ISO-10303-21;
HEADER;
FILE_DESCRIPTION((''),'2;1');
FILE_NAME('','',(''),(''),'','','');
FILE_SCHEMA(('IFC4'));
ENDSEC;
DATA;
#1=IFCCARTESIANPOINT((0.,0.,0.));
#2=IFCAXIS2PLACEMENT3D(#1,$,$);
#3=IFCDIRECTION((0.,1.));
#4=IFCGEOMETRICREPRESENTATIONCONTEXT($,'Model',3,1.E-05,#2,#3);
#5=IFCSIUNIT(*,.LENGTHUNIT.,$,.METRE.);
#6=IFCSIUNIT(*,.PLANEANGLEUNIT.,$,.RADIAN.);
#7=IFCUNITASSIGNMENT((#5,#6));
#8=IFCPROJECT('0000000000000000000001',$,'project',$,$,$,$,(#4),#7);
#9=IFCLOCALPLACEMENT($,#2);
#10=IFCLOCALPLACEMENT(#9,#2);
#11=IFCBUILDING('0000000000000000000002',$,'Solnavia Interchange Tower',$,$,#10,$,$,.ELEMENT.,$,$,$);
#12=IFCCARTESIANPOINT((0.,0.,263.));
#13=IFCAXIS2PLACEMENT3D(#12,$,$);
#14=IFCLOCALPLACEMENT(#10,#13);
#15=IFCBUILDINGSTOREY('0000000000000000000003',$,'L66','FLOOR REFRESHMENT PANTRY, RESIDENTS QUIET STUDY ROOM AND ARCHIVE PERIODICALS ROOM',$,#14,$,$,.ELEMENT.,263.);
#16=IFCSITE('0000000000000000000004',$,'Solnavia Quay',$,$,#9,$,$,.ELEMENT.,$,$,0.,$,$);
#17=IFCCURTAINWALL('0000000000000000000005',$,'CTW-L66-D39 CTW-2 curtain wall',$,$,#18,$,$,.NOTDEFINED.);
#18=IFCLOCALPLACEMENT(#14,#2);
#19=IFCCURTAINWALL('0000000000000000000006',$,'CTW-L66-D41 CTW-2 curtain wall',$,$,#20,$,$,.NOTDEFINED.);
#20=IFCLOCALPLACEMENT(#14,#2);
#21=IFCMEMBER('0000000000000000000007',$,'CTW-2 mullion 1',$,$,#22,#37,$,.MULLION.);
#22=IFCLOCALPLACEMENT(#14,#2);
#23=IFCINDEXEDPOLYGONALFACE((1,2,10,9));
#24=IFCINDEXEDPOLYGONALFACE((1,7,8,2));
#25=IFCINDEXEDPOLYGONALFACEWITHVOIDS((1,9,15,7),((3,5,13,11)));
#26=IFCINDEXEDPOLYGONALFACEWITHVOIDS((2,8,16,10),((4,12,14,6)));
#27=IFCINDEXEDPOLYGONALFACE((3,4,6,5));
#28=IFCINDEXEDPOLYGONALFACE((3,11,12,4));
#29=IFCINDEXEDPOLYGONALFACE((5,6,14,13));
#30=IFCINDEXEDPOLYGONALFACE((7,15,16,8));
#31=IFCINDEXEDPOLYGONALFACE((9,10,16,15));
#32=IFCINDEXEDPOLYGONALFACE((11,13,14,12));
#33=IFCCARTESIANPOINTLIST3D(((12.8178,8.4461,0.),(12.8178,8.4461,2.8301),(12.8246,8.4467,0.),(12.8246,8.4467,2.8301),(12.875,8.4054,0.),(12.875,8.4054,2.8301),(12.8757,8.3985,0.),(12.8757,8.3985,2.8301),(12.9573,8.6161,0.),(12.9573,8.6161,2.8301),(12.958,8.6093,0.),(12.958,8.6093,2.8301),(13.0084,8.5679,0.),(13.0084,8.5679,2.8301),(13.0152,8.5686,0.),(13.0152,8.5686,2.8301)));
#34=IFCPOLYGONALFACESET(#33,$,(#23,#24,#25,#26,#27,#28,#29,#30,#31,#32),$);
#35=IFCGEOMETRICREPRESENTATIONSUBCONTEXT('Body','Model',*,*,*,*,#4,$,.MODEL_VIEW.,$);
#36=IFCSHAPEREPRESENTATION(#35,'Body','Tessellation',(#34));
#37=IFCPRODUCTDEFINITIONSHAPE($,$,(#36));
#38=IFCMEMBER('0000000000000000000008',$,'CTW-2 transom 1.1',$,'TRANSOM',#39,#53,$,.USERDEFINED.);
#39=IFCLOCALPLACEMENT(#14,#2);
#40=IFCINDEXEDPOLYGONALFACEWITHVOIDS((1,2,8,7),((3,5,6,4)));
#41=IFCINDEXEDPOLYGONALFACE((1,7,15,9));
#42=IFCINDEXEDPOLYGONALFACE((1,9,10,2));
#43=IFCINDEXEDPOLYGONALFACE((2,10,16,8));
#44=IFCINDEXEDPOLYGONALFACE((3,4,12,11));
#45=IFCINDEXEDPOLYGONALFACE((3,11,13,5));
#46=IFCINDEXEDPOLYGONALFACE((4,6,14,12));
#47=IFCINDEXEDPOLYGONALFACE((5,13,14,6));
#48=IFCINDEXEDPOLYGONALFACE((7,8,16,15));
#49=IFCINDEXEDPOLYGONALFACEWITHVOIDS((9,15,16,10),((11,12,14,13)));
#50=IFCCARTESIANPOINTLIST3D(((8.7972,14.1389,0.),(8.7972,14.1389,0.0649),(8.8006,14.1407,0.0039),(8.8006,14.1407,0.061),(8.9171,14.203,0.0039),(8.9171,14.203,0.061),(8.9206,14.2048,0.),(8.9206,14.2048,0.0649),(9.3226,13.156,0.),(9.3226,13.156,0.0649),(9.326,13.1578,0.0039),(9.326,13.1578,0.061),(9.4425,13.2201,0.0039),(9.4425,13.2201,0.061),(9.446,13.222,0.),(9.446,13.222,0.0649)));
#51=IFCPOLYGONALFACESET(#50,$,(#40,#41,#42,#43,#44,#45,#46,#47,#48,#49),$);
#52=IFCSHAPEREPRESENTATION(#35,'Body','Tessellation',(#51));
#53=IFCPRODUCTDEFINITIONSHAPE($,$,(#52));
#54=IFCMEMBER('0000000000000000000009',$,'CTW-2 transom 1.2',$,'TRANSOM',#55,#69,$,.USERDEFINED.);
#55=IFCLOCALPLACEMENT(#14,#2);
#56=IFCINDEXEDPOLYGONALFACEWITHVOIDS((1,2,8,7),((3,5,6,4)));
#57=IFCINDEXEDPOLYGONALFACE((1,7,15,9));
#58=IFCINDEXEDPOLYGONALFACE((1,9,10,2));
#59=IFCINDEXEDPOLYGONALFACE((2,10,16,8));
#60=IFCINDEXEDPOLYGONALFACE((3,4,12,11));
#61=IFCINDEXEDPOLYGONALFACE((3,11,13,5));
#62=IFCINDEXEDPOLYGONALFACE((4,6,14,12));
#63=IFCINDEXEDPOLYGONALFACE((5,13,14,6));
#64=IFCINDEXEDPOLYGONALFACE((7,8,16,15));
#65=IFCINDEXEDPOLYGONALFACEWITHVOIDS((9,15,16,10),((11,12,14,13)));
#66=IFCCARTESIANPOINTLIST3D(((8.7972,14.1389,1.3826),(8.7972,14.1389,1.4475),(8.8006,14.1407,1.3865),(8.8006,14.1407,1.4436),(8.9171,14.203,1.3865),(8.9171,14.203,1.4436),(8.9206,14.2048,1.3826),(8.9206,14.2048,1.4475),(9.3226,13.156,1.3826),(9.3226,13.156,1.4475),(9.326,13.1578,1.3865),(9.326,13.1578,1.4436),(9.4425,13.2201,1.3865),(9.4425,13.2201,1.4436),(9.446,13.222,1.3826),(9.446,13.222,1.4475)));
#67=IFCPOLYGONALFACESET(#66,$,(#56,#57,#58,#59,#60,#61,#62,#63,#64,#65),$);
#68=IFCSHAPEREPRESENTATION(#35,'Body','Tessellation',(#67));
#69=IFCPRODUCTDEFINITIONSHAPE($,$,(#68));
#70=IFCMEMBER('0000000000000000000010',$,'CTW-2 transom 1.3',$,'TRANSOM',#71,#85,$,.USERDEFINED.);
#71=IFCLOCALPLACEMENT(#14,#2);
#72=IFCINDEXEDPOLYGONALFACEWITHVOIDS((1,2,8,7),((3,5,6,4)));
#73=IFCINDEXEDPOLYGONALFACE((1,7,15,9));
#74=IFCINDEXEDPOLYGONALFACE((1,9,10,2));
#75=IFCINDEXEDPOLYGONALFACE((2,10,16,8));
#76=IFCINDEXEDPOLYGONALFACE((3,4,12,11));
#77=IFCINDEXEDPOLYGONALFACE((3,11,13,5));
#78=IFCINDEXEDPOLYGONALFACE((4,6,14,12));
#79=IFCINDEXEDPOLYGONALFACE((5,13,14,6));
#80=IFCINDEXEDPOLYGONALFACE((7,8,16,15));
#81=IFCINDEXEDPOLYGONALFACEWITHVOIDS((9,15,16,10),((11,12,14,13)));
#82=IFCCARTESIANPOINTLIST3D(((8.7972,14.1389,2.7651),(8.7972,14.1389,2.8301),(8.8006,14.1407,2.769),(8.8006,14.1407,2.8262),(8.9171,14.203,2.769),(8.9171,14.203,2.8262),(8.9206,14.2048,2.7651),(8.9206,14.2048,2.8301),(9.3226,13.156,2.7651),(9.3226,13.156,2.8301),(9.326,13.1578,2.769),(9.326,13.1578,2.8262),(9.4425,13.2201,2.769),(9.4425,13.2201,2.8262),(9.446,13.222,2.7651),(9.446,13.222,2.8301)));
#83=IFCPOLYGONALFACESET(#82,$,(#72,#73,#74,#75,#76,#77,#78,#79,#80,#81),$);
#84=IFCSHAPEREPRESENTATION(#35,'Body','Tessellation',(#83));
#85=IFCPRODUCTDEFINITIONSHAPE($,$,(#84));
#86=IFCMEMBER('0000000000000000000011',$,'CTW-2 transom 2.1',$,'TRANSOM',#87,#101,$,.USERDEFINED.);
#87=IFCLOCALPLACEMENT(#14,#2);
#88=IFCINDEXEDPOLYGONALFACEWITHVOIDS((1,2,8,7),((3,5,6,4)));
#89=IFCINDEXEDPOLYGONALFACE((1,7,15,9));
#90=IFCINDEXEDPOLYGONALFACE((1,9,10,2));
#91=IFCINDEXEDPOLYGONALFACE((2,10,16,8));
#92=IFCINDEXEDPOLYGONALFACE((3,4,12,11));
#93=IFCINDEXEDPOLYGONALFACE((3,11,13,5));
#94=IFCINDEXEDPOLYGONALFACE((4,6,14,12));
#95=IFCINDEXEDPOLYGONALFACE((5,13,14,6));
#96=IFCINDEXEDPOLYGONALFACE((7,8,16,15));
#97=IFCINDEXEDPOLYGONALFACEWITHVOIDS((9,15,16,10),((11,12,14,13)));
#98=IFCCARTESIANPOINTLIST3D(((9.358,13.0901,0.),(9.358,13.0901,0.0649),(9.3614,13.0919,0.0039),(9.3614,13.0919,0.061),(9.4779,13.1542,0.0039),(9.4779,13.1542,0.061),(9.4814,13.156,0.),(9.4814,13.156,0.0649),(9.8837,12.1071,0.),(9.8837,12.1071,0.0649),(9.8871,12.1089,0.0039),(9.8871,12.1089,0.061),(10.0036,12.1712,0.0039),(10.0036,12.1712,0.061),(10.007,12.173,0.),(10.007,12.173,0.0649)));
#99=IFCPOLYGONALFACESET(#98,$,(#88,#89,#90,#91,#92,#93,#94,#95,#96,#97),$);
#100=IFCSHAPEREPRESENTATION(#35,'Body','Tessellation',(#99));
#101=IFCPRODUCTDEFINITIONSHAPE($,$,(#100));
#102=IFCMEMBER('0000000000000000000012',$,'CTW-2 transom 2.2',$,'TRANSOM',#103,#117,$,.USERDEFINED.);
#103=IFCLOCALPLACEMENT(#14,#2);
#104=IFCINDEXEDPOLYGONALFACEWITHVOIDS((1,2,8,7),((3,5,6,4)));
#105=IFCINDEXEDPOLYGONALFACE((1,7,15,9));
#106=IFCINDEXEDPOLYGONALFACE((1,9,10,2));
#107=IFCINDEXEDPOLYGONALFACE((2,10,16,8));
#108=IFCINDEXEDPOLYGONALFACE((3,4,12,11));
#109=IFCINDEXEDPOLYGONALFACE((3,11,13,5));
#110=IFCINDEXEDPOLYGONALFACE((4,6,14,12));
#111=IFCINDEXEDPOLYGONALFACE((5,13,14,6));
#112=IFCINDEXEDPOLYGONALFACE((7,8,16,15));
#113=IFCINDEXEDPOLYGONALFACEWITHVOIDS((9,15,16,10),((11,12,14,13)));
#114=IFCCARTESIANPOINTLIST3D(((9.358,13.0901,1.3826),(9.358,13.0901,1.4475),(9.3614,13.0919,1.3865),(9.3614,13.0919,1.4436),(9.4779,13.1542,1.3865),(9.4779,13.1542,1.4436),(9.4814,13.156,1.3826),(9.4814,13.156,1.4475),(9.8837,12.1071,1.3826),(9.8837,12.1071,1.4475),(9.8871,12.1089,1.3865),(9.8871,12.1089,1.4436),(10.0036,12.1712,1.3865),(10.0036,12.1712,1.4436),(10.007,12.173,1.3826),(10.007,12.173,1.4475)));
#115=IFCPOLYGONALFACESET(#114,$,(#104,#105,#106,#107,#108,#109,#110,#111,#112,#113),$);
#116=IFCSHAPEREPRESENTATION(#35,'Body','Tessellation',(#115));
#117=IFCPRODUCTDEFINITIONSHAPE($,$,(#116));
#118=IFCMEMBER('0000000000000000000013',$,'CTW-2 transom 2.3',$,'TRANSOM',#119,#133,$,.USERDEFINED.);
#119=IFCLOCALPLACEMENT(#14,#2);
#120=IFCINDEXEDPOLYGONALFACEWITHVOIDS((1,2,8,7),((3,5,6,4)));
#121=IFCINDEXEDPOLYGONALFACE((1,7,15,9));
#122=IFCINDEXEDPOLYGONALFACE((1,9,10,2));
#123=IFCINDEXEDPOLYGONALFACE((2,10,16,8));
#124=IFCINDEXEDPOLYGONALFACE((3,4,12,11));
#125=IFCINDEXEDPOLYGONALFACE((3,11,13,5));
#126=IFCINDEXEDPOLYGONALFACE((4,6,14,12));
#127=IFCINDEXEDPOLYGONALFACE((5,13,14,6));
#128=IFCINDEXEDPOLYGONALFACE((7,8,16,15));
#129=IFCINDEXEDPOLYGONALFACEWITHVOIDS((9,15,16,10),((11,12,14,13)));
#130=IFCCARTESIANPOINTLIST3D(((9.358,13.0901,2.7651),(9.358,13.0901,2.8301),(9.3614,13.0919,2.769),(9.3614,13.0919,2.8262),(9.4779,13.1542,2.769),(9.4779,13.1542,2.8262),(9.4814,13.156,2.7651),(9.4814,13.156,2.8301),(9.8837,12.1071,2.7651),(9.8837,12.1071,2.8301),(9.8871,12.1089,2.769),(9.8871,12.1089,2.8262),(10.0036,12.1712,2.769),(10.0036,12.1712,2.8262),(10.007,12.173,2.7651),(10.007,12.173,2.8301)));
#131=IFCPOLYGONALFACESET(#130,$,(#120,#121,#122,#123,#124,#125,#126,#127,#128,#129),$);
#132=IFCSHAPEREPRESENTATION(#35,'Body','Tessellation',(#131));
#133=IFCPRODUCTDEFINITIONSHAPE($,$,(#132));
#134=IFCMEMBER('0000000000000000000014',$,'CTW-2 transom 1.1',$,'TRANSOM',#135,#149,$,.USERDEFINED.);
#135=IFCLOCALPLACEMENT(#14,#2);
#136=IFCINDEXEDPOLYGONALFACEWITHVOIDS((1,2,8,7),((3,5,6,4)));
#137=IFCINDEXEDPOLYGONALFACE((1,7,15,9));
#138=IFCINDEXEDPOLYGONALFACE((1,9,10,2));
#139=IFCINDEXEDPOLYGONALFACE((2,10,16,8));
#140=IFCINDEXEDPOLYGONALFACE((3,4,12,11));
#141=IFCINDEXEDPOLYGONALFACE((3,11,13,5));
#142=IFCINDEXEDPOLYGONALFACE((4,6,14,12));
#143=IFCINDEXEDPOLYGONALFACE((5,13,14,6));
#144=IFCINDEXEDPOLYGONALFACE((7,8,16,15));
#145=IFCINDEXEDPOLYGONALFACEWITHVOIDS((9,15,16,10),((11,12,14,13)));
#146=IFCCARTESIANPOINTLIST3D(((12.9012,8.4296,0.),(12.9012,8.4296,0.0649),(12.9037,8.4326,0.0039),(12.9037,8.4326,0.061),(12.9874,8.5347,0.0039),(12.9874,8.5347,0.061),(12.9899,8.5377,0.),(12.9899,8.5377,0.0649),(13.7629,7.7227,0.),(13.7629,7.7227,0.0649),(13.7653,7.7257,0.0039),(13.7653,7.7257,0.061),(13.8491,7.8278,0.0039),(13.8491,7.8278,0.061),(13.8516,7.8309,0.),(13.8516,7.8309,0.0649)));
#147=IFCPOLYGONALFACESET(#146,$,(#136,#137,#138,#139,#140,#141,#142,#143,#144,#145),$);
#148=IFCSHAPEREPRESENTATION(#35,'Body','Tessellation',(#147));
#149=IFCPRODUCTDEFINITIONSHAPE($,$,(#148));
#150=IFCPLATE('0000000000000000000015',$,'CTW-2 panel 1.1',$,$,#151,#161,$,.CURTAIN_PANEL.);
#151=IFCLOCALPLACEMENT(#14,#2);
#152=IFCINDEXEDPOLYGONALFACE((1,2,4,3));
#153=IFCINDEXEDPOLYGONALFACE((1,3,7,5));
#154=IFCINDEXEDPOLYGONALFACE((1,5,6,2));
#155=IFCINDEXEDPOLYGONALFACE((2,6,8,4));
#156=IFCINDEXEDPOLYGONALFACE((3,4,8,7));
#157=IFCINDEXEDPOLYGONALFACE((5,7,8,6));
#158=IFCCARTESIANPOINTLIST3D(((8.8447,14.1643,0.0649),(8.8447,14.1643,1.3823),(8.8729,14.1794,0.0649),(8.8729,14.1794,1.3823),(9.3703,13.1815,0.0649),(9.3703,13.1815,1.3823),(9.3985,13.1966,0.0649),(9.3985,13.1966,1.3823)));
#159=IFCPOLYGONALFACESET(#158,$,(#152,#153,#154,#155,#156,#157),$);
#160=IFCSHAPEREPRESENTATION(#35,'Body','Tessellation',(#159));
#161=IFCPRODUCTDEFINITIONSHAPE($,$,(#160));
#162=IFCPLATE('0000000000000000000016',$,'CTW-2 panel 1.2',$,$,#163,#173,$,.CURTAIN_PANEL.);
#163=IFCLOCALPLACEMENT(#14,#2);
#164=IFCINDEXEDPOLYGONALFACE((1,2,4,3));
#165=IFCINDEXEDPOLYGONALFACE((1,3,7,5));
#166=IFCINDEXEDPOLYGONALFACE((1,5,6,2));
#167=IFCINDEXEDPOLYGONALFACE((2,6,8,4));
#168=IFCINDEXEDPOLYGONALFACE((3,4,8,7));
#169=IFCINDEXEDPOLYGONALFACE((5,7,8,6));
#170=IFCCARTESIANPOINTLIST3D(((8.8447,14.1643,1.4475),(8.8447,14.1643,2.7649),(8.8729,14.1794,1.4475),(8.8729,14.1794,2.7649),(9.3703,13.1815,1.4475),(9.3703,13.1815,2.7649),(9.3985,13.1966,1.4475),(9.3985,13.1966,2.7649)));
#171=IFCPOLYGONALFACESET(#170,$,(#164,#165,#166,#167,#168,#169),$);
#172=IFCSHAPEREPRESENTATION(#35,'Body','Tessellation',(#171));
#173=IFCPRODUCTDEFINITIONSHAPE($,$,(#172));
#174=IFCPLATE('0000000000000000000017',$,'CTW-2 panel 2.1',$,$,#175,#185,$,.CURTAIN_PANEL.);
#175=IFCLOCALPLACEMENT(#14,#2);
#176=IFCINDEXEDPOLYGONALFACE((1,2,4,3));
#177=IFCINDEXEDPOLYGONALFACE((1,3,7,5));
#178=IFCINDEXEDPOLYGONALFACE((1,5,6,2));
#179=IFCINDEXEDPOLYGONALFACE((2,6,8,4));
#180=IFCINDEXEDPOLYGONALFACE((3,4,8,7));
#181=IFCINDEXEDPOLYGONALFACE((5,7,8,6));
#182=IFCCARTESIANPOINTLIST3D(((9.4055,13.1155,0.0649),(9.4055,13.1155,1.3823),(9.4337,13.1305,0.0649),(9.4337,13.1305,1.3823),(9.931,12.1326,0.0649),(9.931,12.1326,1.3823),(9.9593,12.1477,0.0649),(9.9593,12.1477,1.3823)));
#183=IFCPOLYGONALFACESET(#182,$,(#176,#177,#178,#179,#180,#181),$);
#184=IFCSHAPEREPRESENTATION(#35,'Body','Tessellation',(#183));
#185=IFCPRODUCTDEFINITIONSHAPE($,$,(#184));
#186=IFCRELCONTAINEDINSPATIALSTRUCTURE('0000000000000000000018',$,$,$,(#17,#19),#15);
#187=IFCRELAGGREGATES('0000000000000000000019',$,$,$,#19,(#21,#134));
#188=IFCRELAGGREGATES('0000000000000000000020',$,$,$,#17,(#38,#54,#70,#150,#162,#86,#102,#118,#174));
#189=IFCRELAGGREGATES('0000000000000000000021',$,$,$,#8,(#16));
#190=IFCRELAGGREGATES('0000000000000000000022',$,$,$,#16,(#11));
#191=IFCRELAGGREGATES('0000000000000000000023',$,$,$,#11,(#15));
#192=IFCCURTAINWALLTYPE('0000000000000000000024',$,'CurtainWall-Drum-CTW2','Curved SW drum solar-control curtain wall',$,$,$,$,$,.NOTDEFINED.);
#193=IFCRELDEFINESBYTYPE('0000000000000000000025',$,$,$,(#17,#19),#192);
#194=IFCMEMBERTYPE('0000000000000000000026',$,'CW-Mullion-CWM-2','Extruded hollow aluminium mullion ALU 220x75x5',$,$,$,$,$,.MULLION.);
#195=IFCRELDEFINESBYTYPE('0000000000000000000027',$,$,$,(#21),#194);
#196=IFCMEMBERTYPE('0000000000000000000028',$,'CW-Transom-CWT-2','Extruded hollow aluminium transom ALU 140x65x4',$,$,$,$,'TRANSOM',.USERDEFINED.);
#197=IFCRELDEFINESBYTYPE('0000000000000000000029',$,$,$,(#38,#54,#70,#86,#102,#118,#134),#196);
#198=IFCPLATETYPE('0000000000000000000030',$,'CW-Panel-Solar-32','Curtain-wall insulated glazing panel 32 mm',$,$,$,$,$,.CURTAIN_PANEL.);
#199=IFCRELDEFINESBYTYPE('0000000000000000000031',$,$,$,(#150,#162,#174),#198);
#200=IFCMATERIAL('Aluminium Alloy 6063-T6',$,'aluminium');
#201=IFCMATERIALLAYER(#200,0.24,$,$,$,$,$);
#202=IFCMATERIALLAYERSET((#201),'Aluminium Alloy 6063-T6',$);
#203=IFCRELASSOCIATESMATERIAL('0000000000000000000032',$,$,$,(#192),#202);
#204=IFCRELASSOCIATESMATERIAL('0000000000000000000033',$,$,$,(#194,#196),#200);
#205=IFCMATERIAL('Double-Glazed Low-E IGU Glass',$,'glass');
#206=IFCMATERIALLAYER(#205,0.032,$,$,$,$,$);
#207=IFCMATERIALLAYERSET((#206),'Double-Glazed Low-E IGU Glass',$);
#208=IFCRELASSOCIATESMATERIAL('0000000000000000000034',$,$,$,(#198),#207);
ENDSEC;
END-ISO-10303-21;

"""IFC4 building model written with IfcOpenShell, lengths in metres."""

from ifc_helpers import new_model, si_unit, direction, frame, origin, origin_2d, place, context, subcontext, project, spatial, rectangle, hollow_rectangle, extrude, material, layer, layer_set, material_profile, profile_set, type_object, element, aggregate, save


model = new_model("IFC4")

# Units and contexts
model_context = context("Model", 3, precision=1e-05, world=origin(), true_north=direction((0.0, 1.0)))
body_context = subcontext(model_context, "Body", "Model", "MODEL_VIEW")
ifc_project = project(units=[si_unit("LENGTHUNIT", "METRE"), si_unit("PLANEANGLEUNIT", "RADIAN")], contexts=[model_context])

# Site, building, storey
site_placement = place(None, origin())
site = spatial("IfcSite", under=ifc_project, at=site_placement, Name="Solnavia Quay", CompositionType="ELEMENT", RefElevation=0.0)
building_placement = place(site_placement, origin())
building = spatial("IfcBuilding", under=site, at=building_placement, Name="Solnavia Interchange Tower", CompositionType="ELEMENT")
storey_placement = place(building_placement, frame((0.0, 0.0, 263.0)))
storey = spatial("IfcBuildingStorey", under=building, at=storey_placement, Name="L66", Description="FLOOR REFRESHMENT PANTRY, RESIDENTS QUIET STUDY ROOM AND ARCHIVE PERIODICALS ROOM", CompositionType="ELEMENT", Elevation=263.0)

# Curtain wall
ifc_material_1 = material(Name="Aluminium Alloy 6063-T6", Category="aluminium")
ifc_layer_1 = layer(ifc_material_1, 0.24)
ifc_layer_set_1 = layer_set([ifc_layer_1], Name="Aluminium Alloy 6063-T6")
curtain_wall_type = type_object("IfcCurtainWallType", Name="CurtainWall-Drum-CTW2", Description="Curved SW drum solar-control curtain wall", PredefinedType="NOTDEFINED", material=ifc_layer_set_1)
curtain_wall_1_placement = place(storey_placement, origin())
curtain_wall_1 = element("IfcCurtainWall", 1, at=curtain_wall_1_placement, inside=storey, type_object=curtain_wall_type, Name="CTW-L66-D39 CTW-2 curtain wall", PredefinedType="NOTDEFINED")
ifc_material_profile_1 = material_profile(ifc_material_1, hollow_rectangle(XDim=0.075, YDim=0.22, WallThickness=0.0049, at=origin_2d()), Name="ALU 220x75x5")
ifc_profile_set_1 = profile_set([ifc_material_profile_1], Name="Aluminium Alloy 6063-T6")
member_type_1 = type_object("IfcMemberType", Name="CW-Mullion-CWM-2", Description="Extruded hollow aluminium mullion ALU 220x75x5", PredefinedType="MULLION", material=ifc_profile_set_1)

# Curtain wall, member
curtain_wall_2_placement = place(storey_placement, origin())
curtain_wall_2 = element("IfcCurtainWall", 2, at=curtain_wall_2_placement, inside=storey, type_object=curtain_wall_type, Name="CTW-L66-D41 CTW-2 curtain wall", PredefinedType="NOTDEFINED")
member_1_placement = place(storey_placement, frame((12.9165, 8.5073, 0.0), z_axis=(0.0, 0.0, 1.0), x_axis=(0.773103, -0.63428, 0.0)))
member_1 = element("IfcMember", 3, at=member_1_placement, type_object=member_type_1, Name="CTW-2 mullion 1", PredefinedType="MULLION", context=body_context, shape_type="SweptSolid", body=[
    extrude(hollow_rectangle(XDim=0.075, YDim=0.22, WallThickness=0.0049, at=origin_2d()), origin(), (0.0, 0.0, 1.0), 2.8301),
])

# Members
ifc_material_profile_2 = material_profile(ifc_material_1, hollow_rectangle(XDim=0.0649, YDim=0.1399, WallThickness=0.0039, at=origin_2d()), Name="ALU 140x65x4")
ifc_profile_set_2 = profile_set([ifc_material_profile_2], Name="Aluminium Alloy 6063-T6")
member_type_2 = type_object("IfcMemberType", Name="CW-Transom-CWT-2", Description="Extruded hollow aluminium transom ALU 140x65x4", ElementType="TRANSOM", PredefinedType="USERDEFINED", material=ifc_profile_set_2)
member_2_placement = place(storey_placement, frame((8.8589, 14.1719, 0.0325), z_axis=(0.471407, -0.881916, 0.0), x_axis=(0.0, 0.0, 1.0)))
member_2 = element("IfcMember", 4, at=member_2_placement, type_object=member_type_2, Name="CTW-2 transom 1.1", ObjectType="TRANSOM", PredefinedType="USERDEFINED", context=body_context, shape_type="SweptSolid", body=[
    extrude(hollow_rectangle(XDim=0.0649, YDim=0.1399, WallThickness=0.0039, at=origin_2d()), origin(), (0.0, 0.0, 1.0), 1.1145),
])
member_3_placement = place(storey_placement, frame((8.8589, 14.1719, 1.415), z_axis=(0.471407, -0.881916, 0.0), x_axis=(0.0, 0.0, 1.0)))
member_3 = element("IfcMember", 5, at=member_3_placement, type_object=member_type_2, Name="CTW-2 transom 1.2", ObjectType="TRANSOM", PredefinedType="USERDEFINED", context=body_context, shape_type="SweptSolid", body=[
    extrude(hollow_rectangle(XDim=0.0649, YDim=0.1399, WallThickness=0.0039, at=origin_2d()), origin(), (0.0, 0.0, 1.0), 1.1145),
])
member_4_placement = place(storey_placement, frame((8.8589, 14.1719, 2.7976), z_axis=(0.471407, -0.881916, 0.0), x_axis=(0.0, 0.0, 1.0)))
member_4 = element("IfcMember", 6, at=member_4_placement, type_object=member_type_2, Name="CTW-2 transom 1.3", ObjectType="TRANSOM", PredefinedType="USERDEFINED", context=body_context, shape_type="SweptSolid", body=[
    extrude(hollow_rectangle(XDim=0.0649, YDim=0.1399, WallThickness=0.0039, at=origin_2d()), origin(), (0.0, 0.0, 1.0), 1.1145),
])
member_5_placement = place(storey_placement, frame((9.4197, 13.123, 0.0325), z_axis=(0.471577, -0.881825, 0.0), x_axis=(0.0, 0.0, 1.0)))
member_5 = element("IfcMember", 7, at=member_5_placement, type_object=member_type_2, Name="CTW-2 transom 2.1", ObjectType="TRANSOM", PredefinedType="USERDEFINED", context=body_context, shape_type="SweptSolid", body=[
    extrude(hollow_rectangle(XDim=0.0649, YDim=0.1399, WallThickness=0.0039, at=origin_2d()), origin(), (0.0, 0.0, 1.0), 1.1147),
])
member_6_placement = place(storey_placement, frame((9.4197, 13.123, 1.415), z_axis=(0.471577, -0.881825, 0.0), x_axis=(0.0, 0.0, 1.0)))
member_6 = element("IfcMember", 8, at=member_6_placement, type_object=member_type_2, Name="CTW-2 transom 2.2", ObjectType="TRANSOM", PredefinedType="USERDEFINED", context=body_context, shape_type="SweptSolid", body=[
    extrude(hollow_rectangle(XDim=0.0649, YDim=0.1399, WallThickness=0.0039, at=origin_2d()), origin(), (0.0, 0.0, 1.0), 1.1147),
])
member_7_placement = place(storey_placement, frame((9.4197, 13.123, 2.7976), z_axis=(0.471577, -0.881825, 0.0), x_axis=(0.0, 0.0, 1.0)))
member_7 = element("IfcMember", 9, at=member_7_placement, type_object=member_type_2, Name="CTW-2 transom 2.3", ObjectType="TRANSOM", PredefinedType="USERDEFINED", context=body_context, shape_type="SweptSolid", body=[
    extrude(hollow_rectangle(XDim=0.0649, YDim=0.1399, WallThickness=0.0039, at=origin_2d()), origin(), (0.0, 0.0, 1.0), 1.1147),
])
member_8_placement = place(storey_placement, frame((12.9456, 8.4836, 0.0325), z_axis=(0.773137, -0.634239, 0.0), x_axis=(0.0, 0.0, 1.0)))
member_8 = element("IfcMember", 10, at=member_8_placement, type_object=member_type_2, Name="CTW-2 transom 1.1", ObjectType="TRANSOM", PredefinedType="USERDEFINED", context=body_context, shape_type="SweptSolid", body=[
    extrude(hollow_rectangle(XDim=0.0649, YDim=0.1399, WallThickness=0.0039, at=origin_2d()), origin(), (0.0, 0.0, 1.0), 1.1145),
])
aggregate(curtain_wall_2, [member_1, member_8])

# Plates
ifc_material_2 = material(Name="Double-Glazed Low-E IGU Glass", Category="glass")
ifc_layer_2 = layer(ifc_material_2, 0.032)
ifc_layer_set_2 = layer_set([ifc_layer_2], Name="Double-Glazed Low-E IGU Glass")
plate_type = type_object("IfcPlateType", Name="CW-Panel-Solar-32", Description="Curtain-wall insulated glazing panel 32 mm", PredefinedType="CURTAIN_PANEL", material=ifc_layer_set_2)
plate_1_placement = place(storey_placement, frame((9.1216, 13.6804, 0.0649), z_axis=(0.0, 0.0, 1.0), x_axis=(0.471561, -0.881834, 0.0)))
plate_1 = element("IfcPlate", 11, at=plate_1_placement, type_object=plate_type, Name="CTW-2 panel 1.1", PredefinedType="CURTAIN_PANEL", context=body_context, shape_type="SweptSolid", body=[
    extrude(rectangle(XDim=1.1145, YDim=0.032, at=origin_2d()), origin(), (0.0, 0.0, 1.0), 1.3174),
])
plate_2_placement = place(storey_placement, frame((9.1216, 13.6804, 1.4475), z_axis=(0.0, 0.0, 1.0), x_axis=(0.471561, -0.881834, 0.0)))
plate_2 = element("IfcPlate", 12, at=plate_2_placement, type_object=plate_type, Name="CTW-2 panel 1.2", PredefinedType="CURTAIN_PANEL", context=body_context, shape_type="SweptSolid", body=[
    extrude(rectangle(XDim=1.1145, YDim=0.032, at=origin_2d()), origin(), (0.0, 0.0, 1.0), 1.3174),
])
plate_3_placement = place(storey_placement, frame((9.6824, 12.6316, 0.0649), z_axis=(0.0, 0.0, 1.0), x_axis=(0.471561, -0.881834, 0.0)))
plate_3 = element("IfcPlate", 13, at=plate_3_placement, type_object=plate_type, Name="CTW-2 panel 2.1", PredefinedType="CURTAIN_PANEL", context=body_context, shape_type="SweptSolid", body=[
    extrude(rectangle(XDim=1.1145, YDim=0.032, at=origin_2d()), origin(), (0.0, 0.0, 1.0), 1.3174),
])
aggregate(curtain_wall_1, [member_2, member_3, member_4, plate_1, plate_2, member_5, member_6, member_7, plate_3])

save(model, "model.ifc")
